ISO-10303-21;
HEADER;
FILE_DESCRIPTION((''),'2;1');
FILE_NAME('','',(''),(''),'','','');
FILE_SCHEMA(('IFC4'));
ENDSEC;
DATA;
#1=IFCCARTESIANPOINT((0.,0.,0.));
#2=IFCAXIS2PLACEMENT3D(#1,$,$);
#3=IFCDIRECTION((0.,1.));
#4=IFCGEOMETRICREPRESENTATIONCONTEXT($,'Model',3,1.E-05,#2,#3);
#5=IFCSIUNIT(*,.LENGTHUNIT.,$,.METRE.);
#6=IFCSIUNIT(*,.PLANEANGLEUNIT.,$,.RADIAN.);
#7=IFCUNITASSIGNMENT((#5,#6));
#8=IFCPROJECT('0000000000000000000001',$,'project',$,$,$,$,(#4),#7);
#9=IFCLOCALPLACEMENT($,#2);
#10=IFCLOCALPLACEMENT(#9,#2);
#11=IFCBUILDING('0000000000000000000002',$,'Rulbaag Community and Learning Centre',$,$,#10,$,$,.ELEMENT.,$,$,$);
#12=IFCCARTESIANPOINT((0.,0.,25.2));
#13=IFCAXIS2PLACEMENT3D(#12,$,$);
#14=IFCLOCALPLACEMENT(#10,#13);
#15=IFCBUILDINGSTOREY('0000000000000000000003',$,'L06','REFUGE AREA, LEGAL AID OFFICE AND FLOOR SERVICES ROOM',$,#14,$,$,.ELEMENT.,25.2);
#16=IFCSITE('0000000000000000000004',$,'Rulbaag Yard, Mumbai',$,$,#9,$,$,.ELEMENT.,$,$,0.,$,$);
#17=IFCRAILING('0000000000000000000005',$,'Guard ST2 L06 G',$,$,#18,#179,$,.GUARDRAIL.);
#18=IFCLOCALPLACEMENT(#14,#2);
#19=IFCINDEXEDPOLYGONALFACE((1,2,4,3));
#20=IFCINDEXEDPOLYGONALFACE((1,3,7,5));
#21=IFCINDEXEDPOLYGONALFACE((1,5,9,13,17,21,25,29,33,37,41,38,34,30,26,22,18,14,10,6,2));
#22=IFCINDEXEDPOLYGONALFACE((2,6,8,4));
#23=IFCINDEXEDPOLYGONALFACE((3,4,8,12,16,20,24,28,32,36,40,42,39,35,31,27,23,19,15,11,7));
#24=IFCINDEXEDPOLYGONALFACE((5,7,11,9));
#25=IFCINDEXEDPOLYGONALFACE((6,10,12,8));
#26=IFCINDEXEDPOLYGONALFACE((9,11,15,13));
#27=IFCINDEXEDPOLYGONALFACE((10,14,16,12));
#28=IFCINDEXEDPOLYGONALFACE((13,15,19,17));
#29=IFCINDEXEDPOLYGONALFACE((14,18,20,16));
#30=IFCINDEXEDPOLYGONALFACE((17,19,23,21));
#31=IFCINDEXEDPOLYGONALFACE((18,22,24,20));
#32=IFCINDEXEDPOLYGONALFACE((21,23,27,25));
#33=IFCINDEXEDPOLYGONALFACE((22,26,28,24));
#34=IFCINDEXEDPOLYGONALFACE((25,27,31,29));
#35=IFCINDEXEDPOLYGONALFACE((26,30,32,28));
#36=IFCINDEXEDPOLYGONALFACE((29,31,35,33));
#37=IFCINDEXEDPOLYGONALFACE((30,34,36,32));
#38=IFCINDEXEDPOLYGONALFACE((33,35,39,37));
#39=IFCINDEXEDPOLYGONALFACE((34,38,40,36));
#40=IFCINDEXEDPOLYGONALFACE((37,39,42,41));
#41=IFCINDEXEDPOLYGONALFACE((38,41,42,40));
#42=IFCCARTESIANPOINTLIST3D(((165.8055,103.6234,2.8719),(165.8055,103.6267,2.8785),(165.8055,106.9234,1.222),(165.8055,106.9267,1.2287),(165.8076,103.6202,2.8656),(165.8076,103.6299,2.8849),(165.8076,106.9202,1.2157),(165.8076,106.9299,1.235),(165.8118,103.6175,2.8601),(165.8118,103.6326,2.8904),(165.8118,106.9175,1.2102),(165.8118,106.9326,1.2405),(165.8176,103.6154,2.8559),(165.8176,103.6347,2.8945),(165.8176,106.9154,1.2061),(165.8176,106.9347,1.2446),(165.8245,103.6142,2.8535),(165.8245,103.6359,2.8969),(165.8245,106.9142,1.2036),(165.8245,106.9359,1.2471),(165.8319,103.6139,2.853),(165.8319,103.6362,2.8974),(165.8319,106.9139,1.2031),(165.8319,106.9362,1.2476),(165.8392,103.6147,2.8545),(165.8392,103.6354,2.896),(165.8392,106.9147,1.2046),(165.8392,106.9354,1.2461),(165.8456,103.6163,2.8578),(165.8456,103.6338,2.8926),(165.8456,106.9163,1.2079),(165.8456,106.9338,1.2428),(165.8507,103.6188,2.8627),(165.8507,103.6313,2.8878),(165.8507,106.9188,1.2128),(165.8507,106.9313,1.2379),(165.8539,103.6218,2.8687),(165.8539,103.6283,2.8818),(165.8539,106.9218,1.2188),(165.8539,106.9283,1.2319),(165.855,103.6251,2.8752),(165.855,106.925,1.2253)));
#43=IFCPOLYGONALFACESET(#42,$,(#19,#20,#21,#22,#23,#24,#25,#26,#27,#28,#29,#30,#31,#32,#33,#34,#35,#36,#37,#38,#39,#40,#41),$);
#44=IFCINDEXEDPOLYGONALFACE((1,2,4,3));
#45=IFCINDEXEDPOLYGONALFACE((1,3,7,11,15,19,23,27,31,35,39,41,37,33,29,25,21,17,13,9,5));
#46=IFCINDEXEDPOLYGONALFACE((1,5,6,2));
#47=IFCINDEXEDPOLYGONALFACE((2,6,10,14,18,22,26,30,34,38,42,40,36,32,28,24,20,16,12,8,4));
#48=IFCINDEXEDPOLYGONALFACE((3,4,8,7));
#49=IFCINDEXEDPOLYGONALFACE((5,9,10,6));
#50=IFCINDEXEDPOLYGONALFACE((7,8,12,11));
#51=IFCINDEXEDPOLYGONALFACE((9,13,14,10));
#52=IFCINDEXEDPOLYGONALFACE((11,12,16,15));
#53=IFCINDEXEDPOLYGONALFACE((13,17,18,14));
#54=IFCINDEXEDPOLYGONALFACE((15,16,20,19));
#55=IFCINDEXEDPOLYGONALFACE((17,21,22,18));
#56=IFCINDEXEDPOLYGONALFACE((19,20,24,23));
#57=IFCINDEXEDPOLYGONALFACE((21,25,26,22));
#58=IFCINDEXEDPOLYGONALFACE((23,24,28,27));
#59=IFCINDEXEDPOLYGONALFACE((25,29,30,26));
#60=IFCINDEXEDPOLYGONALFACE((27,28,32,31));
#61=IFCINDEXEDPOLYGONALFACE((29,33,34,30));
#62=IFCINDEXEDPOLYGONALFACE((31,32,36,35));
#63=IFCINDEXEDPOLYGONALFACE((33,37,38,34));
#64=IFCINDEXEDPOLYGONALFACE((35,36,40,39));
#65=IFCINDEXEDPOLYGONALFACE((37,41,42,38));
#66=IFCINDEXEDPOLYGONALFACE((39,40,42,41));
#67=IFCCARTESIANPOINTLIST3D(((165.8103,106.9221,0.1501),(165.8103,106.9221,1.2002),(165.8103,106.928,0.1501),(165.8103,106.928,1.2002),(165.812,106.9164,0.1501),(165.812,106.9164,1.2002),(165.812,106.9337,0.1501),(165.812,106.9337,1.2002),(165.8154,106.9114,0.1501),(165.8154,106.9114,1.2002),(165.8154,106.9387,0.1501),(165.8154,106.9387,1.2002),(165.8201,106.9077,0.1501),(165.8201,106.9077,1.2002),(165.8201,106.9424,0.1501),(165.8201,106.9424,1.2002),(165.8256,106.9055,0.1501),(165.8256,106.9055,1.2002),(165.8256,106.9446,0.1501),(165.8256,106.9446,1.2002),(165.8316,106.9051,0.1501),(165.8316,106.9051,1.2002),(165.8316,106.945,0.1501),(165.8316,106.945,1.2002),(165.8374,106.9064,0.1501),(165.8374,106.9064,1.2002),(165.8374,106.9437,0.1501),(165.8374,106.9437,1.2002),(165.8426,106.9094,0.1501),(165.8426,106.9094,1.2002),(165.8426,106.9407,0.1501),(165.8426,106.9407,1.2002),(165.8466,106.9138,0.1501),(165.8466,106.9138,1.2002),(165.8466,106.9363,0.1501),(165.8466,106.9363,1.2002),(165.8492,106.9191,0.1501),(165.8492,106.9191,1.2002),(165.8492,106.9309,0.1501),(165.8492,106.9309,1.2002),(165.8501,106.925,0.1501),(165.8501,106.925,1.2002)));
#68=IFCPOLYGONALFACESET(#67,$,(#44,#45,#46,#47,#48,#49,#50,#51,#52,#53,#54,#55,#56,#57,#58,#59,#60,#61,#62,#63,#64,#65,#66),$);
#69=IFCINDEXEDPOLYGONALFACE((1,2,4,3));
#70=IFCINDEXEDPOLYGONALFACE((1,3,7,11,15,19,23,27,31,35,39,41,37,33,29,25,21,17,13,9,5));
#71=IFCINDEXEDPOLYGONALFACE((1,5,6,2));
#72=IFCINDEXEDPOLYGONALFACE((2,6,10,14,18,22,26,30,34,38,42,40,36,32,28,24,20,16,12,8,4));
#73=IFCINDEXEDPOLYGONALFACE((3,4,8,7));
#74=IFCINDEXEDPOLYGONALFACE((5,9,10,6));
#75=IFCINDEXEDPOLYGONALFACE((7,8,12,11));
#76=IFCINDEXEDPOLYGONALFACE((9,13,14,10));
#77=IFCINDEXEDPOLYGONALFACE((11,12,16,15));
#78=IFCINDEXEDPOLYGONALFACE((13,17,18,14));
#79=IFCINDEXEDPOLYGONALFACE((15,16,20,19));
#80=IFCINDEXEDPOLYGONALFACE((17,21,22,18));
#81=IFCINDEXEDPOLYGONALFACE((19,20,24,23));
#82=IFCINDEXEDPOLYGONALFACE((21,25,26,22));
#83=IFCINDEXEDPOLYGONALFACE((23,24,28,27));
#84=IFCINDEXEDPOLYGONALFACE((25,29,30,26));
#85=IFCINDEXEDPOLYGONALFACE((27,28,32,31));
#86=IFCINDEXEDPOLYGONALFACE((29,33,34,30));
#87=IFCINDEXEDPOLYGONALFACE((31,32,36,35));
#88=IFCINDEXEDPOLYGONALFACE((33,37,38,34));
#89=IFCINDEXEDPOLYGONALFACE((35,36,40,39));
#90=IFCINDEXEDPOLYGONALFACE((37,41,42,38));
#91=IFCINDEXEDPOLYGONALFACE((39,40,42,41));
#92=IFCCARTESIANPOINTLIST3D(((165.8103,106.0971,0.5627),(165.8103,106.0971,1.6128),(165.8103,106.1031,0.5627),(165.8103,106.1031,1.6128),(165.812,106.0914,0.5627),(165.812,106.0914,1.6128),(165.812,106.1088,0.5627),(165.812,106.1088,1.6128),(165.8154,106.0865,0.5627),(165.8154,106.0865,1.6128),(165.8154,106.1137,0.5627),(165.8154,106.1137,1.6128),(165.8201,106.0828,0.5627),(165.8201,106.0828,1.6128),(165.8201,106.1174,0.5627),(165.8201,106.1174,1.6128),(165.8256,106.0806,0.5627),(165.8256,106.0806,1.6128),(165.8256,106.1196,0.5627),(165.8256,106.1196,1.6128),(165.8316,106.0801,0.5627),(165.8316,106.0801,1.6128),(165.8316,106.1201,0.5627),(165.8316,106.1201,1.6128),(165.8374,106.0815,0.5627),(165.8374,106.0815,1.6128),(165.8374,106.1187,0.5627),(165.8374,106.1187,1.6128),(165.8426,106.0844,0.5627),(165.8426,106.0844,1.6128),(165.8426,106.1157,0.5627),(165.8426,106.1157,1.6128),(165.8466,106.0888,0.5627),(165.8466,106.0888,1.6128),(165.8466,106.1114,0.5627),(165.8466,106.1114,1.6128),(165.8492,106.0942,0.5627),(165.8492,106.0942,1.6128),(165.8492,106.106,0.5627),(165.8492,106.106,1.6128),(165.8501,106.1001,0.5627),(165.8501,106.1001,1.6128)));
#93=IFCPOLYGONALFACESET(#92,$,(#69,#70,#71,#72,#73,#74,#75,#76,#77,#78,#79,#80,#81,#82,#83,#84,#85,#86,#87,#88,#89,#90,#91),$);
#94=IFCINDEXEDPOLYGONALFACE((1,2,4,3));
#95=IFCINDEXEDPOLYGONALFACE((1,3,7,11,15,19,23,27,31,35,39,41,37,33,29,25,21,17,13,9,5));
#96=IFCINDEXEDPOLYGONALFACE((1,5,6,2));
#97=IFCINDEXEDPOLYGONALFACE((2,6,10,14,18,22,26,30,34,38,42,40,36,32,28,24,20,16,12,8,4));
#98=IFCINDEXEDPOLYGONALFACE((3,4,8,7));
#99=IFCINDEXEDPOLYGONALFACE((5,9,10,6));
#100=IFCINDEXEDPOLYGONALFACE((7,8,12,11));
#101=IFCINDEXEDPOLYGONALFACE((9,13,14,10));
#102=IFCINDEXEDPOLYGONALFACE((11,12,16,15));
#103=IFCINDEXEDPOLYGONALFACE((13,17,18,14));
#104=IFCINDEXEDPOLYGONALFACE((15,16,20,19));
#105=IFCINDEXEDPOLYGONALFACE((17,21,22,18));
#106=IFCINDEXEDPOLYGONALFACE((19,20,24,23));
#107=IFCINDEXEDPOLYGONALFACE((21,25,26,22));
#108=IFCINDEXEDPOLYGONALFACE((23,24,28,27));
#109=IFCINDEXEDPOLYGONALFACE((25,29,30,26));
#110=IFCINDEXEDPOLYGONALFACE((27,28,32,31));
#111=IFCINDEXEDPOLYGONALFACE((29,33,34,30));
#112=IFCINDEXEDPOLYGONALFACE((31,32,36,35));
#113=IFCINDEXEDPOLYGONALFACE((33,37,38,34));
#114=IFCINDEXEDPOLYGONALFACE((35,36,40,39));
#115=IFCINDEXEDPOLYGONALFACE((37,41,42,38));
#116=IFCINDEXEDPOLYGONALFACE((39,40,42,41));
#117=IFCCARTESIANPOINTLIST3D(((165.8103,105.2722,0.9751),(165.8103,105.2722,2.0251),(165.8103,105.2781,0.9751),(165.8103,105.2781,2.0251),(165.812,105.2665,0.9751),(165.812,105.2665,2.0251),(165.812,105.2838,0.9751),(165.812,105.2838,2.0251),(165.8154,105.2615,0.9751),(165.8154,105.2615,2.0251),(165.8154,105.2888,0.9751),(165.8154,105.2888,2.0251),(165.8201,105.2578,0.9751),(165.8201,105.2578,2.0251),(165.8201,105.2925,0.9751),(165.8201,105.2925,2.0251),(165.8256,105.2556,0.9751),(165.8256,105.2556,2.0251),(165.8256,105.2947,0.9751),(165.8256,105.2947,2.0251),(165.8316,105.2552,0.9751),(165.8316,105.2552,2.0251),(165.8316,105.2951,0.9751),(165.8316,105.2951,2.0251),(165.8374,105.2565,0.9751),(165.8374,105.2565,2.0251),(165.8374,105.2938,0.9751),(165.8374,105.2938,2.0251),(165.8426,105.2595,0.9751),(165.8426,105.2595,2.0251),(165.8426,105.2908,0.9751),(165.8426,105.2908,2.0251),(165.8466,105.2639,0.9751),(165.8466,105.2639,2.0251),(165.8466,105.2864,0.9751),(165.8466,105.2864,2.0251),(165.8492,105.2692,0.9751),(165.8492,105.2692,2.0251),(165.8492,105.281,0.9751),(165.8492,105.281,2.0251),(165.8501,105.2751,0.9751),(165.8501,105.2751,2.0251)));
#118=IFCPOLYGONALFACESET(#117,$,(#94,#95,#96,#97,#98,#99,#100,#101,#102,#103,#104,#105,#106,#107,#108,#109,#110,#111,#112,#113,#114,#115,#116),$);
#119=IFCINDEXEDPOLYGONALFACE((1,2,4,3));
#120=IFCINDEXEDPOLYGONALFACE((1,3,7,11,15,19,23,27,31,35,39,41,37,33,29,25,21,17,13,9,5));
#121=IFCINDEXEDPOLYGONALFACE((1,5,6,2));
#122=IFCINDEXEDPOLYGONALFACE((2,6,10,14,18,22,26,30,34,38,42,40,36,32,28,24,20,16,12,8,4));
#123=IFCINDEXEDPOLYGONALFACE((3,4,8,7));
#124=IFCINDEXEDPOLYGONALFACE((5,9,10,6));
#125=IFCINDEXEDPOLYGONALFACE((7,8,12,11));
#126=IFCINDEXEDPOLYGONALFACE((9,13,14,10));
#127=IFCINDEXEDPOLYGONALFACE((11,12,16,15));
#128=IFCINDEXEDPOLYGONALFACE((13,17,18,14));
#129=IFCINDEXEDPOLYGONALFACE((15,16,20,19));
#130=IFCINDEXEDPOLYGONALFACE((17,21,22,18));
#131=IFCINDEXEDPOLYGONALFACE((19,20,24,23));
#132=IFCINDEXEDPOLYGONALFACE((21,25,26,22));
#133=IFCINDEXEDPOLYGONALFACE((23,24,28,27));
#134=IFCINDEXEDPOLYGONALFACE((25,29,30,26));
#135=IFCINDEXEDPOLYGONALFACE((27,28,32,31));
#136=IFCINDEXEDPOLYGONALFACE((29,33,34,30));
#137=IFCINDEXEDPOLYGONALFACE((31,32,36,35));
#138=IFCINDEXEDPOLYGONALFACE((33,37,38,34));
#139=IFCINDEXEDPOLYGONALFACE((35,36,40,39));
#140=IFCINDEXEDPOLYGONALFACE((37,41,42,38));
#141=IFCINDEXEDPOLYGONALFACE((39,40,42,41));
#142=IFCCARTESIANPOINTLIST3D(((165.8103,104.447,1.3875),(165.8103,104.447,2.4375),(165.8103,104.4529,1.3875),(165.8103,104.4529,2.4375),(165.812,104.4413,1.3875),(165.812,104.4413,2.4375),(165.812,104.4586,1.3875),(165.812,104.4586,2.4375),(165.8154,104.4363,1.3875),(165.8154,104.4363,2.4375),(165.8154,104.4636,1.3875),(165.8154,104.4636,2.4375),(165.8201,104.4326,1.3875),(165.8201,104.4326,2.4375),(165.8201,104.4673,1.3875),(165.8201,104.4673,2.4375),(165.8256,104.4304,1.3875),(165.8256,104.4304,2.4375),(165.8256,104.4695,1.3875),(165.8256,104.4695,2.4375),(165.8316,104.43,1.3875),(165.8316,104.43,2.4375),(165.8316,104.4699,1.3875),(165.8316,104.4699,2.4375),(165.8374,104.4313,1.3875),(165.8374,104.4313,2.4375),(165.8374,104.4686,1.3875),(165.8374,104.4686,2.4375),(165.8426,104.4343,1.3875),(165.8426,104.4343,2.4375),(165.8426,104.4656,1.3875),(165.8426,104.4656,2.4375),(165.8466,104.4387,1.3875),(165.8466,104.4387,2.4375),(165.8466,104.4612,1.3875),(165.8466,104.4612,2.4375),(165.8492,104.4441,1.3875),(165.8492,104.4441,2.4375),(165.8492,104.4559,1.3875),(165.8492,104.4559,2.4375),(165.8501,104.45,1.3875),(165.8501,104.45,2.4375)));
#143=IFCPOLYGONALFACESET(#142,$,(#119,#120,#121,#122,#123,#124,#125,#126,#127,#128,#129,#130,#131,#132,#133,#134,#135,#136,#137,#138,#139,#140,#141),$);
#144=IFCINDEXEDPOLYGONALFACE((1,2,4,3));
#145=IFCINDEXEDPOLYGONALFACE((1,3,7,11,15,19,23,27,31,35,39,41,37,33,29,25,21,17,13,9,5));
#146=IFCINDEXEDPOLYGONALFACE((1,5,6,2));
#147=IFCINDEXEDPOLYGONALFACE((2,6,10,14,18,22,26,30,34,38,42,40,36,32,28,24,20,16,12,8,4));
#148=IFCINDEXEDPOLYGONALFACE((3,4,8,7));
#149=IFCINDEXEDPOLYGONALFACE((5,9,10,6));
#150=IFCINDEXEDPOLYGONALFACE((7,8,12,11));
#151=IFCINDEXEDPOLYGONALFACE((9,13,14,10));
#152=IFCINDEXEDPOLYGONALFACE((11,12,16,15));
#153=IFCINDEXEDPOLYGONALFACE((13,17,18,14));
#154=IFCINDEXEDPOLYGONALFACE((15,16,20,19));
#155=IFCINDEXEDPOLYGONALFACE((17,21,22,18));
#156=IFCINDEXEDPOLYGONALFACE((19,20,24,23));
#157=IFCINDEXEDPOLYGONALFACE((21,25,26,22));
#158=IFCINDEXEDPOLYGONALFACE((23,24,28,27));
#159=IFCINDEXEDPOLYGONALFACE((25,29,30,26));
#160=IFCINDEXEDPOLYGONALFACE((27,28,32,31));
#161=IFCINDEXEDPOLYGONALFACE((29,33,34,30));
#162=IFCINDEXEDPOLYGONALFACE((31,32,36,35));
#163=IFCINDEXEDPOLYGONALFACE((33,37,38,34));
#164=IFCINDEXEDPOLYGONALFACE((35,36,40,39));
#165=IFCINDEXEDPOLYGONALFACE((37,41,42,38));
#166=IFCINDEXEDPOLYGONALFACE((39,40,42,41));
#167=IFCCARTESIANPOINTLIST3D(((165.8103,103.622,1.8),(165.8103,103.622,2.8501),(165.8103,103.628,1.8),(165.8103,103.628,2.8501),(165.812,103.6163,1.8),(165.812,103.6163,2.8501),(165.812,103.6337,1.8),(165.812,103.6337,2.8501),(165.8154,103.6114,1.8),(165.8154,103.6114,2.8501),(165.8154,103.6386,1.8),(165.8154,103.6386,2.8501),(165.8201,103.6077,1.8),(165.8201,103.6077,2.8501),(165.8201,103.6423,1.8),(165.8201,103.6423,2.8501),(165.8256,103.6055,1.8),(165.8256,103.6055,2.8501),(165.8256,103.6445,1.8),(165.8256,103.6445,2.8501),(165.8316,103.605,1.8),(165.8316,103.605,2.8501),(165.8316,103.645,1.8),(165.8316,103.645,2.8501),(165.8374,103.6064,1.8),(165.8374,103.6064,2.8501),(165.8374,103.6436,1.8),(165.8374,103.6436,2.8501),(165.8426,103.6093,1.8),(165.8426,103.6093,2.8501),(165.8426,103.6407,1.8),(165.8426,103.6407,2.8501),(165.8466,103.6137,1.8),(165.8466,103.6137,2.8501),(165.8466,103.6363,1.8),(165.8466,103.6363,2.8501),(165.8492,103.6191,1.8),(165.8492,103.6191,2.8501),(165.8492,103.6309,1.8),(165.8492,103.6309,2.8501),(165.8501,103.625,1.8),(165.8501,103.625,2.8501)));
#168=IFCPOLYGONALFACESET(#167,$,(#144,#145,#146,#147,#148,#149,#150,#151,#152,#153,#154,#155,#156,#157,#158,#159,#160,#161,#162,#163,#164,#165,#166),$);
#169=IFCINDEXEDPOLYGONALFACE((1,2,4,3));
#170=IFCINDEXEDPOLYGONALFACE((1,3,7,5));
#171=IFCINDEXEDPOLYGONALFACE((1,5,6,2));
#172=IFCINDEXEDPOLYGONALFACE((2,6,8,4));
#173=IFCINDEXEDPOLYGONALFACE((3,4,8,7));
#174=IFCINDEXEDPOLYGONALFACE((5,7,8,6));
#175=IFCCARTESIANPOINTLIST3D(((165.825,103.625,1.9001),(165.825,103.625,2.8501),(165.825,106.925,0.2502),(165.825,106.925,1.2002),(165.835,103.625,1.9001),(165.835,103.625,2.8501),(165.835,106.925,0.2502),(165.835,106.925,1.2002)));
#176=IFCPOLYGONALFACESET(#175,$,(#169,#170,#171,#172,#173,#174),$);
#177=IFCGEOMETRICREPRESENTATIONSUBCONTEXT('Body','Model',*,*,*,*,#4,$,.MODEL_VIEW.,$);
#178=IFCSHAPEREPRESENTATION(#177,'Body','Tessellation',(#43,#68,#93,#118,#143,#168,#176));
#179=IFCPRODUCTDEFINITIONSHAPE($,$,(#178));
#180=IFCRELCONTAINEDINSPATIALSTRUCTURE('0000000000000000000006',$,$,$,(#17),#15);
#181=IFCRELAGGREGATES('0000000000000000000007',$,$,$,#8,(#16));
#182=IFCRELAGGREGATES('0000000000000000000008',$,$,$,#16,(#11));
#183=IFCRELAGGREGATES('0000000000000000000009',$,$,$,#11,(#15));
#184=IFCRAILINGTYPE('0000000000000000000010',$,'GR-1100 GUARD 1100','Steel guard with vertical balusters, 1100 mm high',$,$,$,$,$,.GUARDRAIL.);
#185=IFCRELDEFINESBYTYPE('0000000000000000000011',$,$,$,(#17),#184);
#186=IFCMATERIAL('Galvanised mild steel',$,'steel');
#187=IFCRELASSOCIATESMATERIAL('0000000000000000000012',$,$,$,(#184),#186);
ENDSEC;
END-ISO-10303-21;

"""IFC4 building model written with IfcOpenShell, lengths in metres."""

from ifc_helpers import new_model, si_unit, direction, frame, origin, origin_2d, place, context, subcontext, project, spatial, polyline, circle, outline, extrude, material, type_object, element, save


model = new_model("IFC4")

# Units and contexts
model_context = context("Model", 3, precision=1e-05, world=origin(), true_north=direction((0.0, 1.0)))
body_context = subcontext(model_context, "Body", "Model", "MODEL_VIEW")
ifc_project = project(units=[si_unit("LENGTHUNIT", "METRE"), si_unit("PLANEANGLEUNIT", "RADIAN")], contexts=[model_context])

# Site, building, storey
site_placement = place(None, origin())
site = spatial("IfcSite", under=ifc_project, at=site_placement, Name="Rulbaag Yard, Mumbai", CompositionType="ELEMENT", RefElevation=0.0)
building_placement = place(site_placement, origin())
building = spatial("IfcBuilding", under=site, at=building_placement, Name="Rulbaag Community and Learning Centre", CompositionType="ELEMENT")
storey_placement = place(building_placement, frame((0.0, 0.0, 25.2)))
storey = spatial("IfcBuildingStorey", under=building, at=storey_placement, Name="L06", Description="REFUGE AREA, LEGAL AID OFFICE AND FLOOR SERVICES ROOM", CompositionType="ELEMENT", Elevation=25.2)

# Railing
ifc_material_1 = material(Name="Galvanised mild steel", Category="steel")
railing_type = type_object("IfcRailingType", Name="GR-1100 GUARD 1100", Description="Steel guard with vertical balusters, 1100 mm high", PredefinedType="GUARDRAIL", material=ifc_material_1)
railing_1_placement = place(storey_placement, frame((165.8301, 106.925, 0.1501)))
element("IfcRailing", 1, at=railing_1_placement, inside=storey, type_object=railing_type, Name="Guard ST2 L06 G", PredefinedType="GUARDRAIL", context=body_context, shape_type="SweptSolid", body=[
    extrude(circle(Radius=0.0249, at=origin_2d()), frame((0.0, 0.0, 1.0752), z_axis=(0.0, -0.89444, 0.447187), x_axis=(1.0, 0.0, 0.0)), (0.0, 0.0, 1.0), 3.6895),
    extrude(circle(Radius=0.02, at=origin_2d()), origin(), (0.0, 0.0, 1.0), 1.05),
    extrude(circle(Radius=0.02, at=origin_2d()), frame((0.0, -0.825, 0.4126)), (0.0, 0.0, 1.0), 1.05),
    extrude(circle(Radius=0.02, at=origin_2d()), frame((0.0, -1.6499, 0.825)), (0.0, 0.0, 1.0), 1.05),
    extrude(circle(Radius=0.02, at=origin_2d()), frame((0.0, -2.4751, 1.2373)), (0.0, 0.0, 1.0), 1.05),
    extrude(circle(Radius=0.02, at=origin_2d()), frame((0.0, -3.3, 1.6499)), (0.0, 0.0, 1.0), 1.05),
    extrude(outline(polyline([(0.0, 0.0), (3.3, 1.6499), (3.3, 2.5999), (0.0, 0.95), (0.0, 0.0)])), frame((0.0049, 0.0, 0.1001), z_axis=(-1.0, 0.0, 0.0), x_axis=(0.0, -1.0, 0.0)), (0.0, 0.0, 1.0), 0.01),
])

save(model, "model.ifc")
